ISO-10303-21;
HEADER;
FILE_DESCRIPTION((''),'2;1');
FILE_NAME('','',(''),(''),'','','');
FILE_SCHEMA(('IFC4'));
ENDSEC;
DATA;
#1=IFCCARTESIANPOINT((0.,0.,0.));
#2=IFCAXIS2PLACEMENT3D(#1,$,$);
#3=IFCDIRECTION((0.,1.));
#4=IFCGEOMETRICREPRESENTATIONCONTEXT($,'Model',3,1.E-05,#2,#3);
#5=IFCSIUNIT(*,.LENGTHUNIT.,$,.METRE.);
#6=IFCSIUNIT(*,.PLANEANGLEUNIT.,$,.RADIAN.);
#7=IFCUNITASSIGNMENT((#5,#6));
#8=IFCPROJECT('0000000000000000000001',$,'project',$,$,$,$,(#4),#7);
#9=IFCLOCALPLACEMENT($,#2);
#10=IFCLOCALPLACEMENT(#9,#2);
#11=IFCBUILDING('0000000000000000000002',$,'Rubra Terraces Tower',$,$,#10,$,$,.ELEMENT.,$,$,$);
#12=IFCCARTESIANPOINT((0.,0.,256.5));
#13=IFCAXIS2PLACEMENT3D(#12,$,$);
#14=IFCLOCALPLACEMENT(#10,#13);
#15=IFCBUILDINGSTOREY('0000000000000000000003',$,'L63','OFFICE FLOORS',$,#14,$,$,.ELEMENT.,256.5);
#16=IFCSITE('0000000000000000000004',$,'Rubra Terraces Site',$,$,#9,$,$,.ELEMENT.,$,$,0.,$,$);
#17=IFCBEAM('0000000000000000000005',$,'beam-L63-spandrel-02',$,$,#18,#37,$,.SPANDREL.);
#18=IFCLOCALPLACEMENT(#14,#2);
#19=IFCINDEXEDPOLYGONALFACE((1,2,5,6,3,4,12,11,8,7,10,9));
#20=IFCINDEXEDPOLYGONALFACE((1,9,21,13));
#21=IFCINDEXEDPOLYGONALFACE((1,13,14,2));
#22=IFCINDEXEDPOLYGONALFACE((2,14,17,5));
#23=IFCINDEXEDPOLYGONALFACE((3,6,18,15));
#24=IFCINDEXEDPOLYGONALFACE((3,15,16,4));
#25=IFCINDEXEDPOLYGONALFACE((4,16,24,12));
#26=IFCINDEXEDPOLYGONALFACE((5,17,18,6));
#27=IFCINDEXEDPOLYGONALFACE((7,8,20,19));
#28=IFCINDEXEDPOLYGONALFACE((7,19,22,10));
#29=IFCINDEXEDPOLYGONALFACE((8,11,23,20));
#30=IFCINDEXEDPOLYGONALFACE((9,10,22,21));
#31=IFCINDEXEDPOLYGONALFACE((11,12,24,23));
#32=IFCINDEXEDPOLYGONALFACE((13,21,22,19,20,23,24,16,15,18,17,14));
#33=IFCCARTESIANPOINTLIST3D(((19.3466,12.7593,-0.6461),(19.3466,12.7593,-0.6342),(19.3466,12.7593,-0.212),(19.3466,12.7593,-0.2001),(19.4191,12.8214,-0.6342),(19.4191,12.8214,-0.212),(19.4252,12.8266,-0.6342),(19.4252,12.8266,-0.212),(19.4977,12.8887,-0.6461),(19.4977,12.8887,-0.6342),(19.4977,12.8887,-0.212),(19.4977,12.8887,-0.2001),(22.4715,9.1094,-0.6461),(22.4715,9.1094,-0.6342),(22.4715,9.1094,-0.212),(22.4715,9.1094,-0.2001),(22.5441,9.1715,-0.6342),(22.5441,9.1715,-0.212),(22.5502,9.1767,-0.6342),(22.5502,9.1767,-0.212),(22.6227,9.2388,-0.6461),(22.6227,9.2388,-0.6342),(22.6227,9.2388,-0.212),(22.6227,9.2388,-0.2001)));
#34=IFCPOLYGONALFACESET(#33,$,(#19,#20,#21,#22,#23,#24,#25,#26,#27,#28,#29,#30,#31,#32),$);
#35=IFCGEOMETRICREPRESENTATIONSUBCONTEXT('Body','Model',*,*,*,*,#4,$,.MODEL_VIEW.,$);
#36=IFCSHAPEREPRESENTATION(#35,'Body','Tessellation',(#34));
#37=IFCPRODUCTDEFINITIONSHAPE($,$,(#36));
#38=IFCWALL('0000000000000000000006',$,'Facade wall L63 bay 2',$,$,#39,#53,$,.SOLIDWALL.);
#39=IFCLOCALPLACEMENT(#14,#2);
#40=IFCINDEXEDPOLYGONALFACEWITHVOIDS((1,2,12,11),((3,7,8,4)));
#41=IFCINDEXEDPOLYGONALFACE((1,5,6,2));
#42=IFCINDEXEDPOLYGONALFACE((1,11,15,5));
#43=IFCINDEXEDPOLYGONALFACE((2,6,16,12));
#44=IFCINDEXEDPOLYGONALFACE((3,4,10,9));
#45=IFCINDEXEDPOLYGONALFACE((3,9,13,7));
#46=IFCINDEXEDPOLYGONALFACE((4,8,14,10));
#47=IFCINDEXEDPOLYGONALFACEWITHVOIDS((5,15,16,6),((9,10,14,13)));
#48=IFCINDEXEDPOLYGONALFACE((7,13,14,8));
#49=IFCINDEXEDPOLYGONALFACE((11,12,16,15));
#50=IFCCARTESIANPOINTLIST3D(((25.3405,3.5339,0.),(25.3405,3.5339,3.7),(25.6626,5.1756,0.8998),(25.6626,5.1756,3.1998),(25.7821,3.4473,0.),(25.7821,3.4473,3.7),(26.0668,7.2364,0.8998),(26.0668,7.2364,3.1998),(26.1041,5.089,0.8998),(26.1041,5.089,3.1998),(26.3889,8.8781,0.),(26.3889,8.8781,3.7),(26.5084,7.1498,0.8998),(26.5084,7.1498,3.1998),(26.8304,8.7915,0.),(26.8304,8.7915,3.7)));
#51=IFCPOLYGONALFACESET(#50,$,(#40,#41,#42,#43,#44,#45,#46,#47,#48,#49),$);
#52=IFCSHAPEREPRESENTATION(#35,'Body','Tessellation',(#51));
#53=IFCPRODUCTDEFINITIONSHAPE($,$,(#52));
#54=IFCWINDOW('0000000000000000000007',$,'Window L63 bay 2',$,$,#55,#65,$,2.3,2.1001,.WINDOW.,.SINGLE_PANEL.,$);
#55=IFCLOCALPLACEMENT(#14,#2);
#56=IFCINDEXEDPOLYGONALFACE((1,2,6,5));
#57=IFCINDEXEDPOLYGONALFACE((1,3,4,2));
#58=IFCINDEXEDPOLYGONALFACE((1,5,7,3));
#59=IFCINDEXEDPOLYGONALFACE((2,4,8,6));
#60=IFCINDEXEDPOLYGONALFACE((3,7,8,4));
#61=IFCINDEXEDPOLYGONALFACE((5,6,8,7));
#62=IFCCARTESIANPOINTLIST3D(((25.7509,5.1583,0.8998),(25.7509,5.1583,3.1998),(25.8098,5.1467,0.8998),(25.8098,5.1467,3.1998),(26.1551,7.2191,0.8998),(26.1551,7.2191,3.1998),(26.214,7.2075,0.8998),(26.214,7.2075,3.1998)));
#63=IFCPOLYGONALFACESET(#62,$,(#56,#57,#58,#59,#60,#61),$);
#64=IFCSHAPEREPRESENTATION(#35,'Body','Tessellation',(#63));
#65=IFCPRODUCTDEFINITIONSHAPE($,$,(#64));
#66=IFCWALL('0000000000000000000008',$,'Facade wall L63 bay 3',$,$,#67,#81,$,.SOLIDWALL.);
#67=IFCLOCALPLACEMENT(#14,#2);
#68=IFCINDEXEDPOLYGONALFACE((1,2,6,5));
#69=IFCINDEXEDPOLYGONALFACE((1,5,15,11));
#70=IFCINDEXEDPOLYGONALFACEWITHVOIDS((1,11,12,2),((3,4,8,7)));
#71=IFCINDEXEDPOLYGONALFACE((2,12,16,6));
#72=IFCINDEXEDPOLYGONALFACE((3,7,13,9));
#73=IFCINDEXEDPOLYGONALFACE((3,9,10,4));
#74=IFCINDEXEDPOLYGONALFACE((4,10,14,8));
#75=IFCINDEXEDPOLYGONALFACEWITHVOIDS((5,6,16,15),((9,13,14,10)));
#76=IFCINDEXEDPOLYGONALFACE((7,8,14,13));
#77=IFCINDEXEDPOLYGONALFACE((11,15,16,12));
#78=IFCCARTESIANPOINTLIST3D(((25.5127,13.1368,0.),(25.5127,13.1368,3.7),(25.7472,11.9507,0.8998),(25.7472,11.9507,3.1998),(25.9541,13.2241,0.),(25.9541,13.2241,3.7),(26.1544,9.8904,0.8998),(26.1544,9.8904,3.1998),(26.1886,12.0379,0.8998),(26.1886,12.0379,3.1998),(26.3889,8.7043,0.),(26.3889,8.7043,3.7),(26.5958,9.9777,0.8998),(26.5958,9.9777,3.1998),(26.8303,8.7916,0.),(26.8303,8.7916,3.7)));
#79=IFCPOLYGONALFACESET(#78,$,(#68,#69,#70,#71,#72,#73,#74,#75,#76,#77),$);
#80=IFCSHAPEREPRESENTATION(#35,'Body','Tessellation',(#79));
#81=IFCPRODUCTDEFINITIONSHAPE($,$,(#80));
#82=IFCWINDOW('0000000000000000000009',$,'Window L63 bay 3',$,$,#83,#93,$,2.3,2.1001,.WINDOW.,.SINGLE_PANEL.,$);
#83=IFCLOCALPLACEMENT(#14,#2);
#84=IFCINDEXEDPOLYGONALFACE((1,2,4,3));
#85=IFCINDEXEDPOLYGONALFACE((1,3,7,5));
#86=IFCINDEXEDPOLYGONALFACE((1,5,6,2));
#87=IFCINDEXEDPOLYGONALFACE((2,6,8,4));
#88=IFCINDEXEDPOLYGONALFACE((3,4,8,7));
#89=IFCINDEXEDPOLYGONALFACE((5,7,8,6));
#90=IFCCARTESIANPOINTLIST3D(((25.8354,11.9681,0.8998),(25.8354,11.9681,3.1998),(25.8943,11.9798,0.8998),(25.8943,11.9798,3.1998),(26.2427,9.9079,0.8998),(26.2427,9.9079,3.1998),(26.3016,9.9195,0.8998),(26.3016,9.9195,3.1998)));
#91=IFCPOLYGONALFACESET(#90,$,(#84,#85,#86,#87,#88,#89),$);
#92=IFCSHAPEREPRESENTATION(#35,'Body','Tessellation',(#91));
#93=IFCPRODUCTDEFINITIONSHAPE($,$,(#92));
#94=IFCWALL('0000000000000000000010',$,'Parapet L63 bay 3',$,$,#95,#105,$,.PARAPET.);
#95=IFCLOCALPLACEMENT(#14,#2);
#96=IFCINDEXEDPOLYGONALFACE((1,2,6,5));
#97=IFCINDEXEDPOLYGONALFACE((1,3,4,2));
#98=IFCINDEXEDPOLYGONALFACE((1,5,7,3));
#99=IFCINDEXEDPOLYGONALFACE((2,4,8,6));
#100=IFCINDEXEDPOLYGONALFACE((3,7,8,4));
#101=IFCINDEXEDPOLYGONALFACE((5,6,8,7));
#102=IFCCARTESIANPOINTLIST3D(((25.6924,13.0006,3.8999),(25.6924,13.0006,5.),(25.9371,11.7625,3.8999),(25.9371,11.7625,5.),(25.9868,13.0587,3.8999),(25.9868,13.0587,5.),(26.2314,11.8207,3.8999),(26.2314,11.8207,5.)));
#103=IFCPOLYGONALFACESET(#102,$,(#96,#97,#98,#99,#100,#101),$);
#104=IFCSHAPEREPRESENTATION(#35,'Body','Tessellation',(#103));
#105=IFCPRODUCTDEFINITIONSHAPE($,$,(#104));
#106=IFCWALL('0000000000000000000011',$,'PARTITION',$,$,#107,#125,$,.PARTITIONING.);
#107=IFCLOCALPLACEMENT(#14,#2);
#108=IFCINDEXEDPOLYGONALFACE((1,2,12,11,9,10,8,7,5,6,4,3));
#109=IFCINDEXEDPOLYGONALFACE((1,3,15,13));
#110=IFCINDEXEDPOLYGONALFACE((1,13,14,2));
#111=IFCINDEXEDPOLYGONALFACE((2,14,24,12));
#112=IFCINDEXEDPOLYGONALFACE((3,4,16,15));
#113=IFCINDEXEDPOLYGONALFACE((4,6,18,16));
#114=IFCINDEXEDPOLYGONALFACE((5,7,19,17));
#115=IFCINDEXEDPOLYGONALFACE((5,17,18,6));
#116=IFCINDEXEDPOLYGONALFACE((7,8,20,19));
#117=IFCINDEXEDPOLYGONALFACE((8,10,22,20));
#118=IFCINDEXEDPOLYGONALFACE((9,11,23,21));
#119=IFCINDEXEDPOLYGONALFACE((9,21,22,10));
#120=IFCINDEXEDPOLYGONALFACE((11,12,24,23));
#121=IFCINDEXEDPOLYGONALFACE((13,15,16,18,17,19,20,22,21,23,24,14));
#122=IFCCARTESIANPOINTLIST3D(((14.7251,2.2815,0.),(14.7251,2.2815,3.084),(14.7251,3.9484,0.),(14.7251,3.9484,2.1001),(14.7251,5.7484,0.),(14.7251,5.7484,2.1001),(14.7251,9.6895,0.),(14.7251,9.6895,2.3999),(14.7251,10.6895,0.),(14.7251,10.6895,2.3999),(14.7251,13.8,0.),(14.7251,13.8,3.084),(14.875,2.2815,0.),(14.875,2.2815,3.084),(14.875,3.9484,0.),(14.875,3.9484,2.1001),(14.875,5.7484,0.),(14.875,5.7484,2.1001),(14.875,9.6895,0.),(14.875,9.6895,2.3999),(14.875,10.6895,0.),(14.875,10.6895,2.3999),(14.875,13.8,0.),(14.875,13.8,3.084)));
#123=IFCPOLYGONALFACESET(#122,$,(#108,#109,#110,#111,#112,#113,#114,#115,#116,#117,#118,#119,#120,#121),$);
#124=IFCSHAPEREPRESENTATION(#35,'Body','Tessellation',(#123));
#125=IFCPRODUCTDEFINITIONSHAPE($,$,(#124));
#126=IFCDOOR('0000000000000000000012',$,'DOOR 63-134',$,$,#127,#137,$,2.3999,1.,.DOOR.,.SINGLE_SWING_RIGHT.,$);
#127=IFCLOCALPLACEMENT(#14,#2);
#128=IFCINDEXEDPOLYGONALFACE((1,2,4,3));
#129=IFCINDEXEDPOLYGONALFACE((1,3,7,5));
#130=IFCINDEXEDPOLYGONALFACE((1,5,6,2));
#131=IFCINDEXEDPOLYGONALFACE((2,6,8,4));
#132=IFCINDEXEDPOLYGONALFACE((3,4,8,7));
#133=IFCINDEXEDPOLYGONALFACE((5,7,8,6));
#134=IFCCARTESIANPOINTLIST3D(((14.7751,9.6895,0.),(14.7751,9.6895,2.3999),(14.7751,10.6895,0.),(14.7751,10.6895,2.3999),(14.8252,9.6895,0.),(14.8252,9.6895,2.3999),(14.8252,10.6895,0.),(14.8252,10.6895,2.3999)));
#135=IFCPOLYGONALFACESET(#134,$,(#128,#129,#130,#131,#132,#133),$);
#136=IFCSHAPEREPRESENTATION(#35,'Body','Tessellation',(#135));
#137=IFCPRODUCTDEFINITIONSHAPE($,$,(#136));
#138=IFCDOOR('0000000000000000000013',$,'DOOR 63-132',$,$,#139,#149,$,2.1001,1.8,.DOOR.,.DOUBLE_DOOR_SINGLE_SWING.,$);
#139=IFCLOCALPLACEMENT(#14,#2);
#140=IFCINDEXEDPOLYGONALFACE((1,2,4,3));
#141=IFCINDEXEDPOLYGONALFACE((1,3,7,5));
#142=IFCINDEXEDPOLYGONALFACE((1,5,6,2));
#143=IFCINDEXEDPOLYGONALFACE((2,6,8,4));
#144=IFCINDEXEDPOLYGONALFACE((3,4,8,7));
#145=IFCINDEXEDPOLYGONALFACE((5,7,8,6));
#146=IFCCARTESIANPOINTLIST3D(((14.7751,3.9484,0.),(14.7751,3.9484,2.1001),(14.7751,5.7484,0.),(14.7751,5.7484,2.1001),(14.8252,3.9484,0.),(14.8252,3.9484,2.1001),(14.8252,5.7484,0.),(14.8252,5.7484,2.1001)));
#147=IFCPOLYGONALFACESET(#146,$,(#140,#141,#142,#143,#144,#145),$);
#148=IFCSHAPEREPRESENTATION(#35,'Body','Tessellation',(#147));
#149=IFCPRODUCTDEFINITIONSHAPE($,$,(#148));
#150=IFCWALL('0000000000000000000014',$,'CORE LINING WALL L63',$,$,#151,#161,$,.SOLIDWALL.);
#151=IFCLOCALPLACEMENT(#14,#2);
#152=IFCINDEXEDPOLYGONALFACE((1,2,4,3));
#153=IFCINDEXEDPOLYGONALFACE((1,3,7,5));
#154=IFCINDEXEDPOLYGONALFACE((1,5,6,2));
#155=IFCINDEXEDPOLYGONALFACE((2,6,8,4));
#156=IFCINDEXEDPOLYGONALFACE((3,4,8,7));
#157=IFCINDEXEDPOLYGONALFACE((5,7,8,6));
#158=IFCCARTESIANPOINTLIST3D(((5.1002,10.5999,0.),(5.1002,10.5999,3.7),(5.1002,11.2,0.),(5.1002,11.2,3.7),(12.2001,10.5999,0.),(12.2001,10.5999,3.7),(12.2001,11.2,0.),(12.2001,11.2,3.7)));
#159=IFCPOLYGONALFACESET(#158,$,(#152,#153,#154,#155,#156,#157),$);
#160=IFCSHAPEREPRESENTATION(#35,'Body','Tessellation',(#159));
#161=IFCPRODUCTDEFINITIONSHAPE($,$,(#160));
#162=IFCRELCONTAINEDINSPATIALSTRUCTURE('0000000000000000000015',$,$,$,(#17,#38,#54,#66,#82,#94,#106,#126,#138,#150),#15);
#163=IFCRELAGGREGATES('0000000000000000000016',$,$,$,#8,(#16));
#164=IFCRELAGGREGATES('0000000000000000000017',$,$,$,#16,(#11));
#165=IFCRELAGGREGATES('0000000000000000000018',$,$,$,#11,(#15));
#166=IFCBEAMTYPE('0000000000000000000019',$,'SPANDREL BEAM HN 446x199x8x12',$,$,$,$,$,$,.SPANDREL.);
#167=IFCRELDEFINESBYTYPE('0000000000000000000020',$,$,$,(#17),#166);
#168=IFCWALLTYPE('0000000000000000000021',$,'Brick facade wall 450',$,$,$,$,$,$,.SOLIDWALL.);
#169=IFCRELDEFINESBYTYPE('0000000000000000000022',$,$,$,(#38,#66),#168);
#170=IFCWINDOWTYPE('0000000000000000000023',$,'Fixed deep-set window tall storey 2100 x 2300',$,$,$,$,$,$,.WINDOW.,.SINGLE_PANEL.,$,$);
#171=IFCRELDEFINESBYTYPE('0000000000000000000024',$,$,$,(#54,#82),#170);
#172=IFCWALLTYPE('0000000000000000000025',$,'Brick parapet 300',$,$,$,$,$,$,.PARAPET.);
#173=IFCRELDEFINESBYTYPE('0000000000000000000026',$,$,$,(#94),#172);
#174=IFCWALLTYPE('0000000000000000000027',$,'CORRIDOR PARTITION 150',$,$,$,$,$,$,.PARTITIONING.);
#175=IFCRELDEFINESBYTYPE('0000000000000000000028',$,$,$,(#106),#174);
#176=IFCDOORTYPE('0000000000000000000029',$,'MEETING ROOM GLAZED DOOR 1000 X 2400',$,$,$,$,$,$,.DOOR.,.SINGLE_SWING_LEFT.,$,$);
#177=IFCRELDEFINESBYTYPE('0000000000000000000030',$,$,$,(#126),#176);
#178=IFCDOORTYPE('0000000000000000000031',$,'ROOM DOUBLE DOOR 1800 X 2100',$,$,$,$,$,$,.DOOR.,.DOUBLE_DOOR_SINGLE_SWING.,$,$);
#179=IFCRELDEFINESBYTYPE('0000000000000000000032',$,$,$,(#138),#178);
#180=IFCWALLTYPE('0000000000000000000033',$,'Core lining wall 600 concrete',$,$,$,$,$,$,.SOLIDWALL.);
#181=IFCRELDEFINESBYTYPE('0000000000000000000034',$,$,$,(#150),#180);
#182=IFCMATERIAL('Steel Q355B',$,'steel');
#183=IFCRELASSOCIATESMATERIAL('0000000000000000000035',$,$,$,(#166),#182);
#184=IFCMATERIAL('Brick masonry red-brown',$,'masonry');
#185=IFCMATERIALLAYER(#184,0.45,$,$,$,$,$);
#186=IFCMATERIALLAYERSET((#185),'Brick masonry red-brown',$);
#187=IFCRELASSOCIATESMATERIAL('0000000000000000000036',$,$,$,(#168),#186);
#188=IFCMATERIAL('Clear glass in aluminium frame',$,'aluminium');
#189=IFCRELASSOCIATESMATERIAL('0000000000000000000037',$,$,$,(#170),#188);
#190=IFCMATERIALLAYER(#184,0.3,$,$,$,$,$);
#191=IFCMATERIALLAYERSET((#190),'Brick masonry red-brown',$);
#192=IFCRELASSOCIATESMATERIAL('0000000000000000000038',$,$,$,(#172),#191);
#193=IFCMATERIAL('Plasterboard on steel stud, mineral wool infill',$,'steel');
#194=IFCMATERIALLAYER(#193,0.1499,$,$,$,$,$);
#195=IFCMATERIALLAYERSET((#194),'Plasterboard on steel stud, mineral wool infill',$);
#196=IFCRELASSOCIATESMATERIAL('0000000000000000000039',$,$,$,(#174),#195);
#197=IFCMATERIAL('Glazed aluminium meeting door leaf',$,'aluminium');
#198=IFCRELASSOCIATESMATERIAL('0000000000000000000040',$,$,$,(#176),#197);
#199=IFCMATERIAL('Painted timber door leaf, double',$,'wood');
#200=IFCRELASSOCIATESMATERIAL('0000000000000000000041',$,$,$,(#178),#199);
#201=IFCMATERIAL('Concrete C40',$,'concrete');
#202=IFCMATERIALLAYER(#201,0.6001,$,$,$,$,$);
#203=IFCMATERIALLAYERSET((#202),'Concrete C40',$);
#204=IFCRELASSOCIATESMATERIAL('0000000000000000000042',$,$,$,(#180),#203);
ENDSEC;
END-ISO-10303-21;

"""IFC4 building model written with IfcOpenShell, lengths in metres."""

from ifc_helpers import new_model, si_unit, direction, frame, frame_2d, origin, origin_2d, place, context, subcontext, project, spatial, rectangle, i_section, extrude, material, layer, layer_set, material_profile, profile_set, type_object, element, fill, save


model = new_model("IFC4")

# Units and contexts
model_context = context("Model", 3, precision=1e-05, world=origin(), true_north=direction((0.0, 1.0)))
body_context = subcontext(model_context, "Body", "Model", "MODEL_VIEW")
ifc_project = project(units=[si_unit("LENGTHUNIT", "METRE"), si_unit("PLANEANGLEUNIT", "RADIAN")], contexts=[model_context])

# Site, building, storey
site_placement = place(None, origin())
site = spatial("IfcSite", under=ifc_project, at=site_placement, Name="Rubra Terraces Site", CompositionType="ELEMENT", RefElevation=0.0)
building_placement = place(site_placement, origin())
building = spatial("IfcBuilding", under=site, at=building_placement, Name="Rubra Terraces Tower", CompositionType="ELEMENT")
storey_placement = place(building_placement, frame((0.0, 0.0, 256.5)))
storey = spatial("IfcBuildingStorey", under=building, at=storey_placement, Name="L63", Description="OFFICE FLOORS", CompositionType="ELEMENT", Elevation=256.5)

# Beam
ifc_material_1 = material(Name="Steel Q355B", Category="steel")
ifc_material_profile_1 = material_profile(ifc_material_1, i_section(OverallWidth=0.199, OverallDepth=0.446, WebThickness=0.0081, FlangeThickness=0.012, at=origin_2d()), Name="HN 446x199x8x12")
ifc_profile_set_1 = profile_set([ifc_material_profile_1], Name="Steel Q355B")
beam_type_1 = type_object("IfcBeamType", Name="SPANDREL BEAM HN 446x199x8x12", PredefinedType="SPANDREL", material=ifc_profile_set_1)
beam_1_placement = place(storey_placement, frame((22.5471, 9.1741, -0.4231), z_axis=(-0.650373, 0.759615, 0.0), x_axis=(-0.759615, -0.650373, 0.0)))
element("IfcBeam", 1, at=beam_1_placement, inside=storey, type_object=beam_type_1, Name="beam-L63-spandrel-02", PredefinedType="SPANDREL", context=body_context, shape_type="SweptSolid", body=[
    extrude(i_section(OverallWidth=0.199, OverallDepth=0.446, WebThickness=0.0081, FlangeThickness=0.012, at=origin_2d()), origin(), (0.0, 0.0, 1.0), 4.8049),
])

# Walls, openings, windows
ifc_material_2 = material(Name="Brick masonry red-brown", Category="masonry")
ifc_layer_1 = layer(ifc_material_2, 0.45)
ifc_layer_set_1 = layer_set([ifc_layer_1], Name="Brick masonry red-brown")
wall_type_1 = type_object("IfcWallType", Name="Brick facade wall 450", PredefinedType="SOLIDWALL", material=ifc_layer_set_1)
wall_1_placement = place(storey_placement, frame((25.5613, 3.4905, 0.0), z_axis=(0.0, 0.0, 1.0), x_axis=(0.192494, 0.981298, 0.0)))
wall_1 = element("IfcWall", 2, at=wall_1_placement, inside=storey, type_object=wall_type_1, Name="Facade wall L63 bay 2", PredefinedType="SOLIDWALL", context=body_context, shape_type="SweptSolid", body=[
    extrude(rectangle(XDim=5.446, YDim=0.45, at=frame_2d((2.7231, 0.0))), origin(), (0.0, 0.0, 1.0), 3.7),
])
opening_1_placement = place(wall_1_placement, frame((1.6731, 0.0, 0.8999)))
opening_1 = element("IfcOpeningElement", 3, at=opening_1_placement, cuts=wall_1, PredefinedType="OPENING", context=body_context, shape_type="SweptSolid", body=[
    extrude(rectangle(XDim=2.1001, YDim=2.3, at=frame_2d((1.05, 1.1499))), frame((0.0, 0.2349, 0.0), z_axis=(0.0, -1.0, 0.0), x_axis=(1.0, 0.0, 0.0)), (0.0, 0.0, 1.0), 0.47),
])
ifc_material_3 = material(Name="Clear glass in aluminium frame", Category="aluminium")
window_type = type_object("IfcWindowType", Name="Fixed deep-set window tall storey 2100 x 2300", PartitioningType="SINGLE_PANEL", PredefinedType="WINDOW", material=ifc_material_3)
window_1_placement = place(opening_1_placement, origin())
window_1 = element("IfcWindow", 4, at=window_1_placement, inside=storey, type_object=window_type, Name="Window L63 bay 2", OverallHeight=2.3, OverallWidth=2.1001, PartitioningType="SINGLE_PANEL", PredefinedType="WINDOW", context=body_context, shape_type="SweptSolid", body=[
    extrude(rectangle(XDim=2.1001, YDim=2.3, at=frame_2d((1.05, 1.1499))), frame((0.0, 0.135, 0.0), z_axis=(0.0, -1.0, 0.0), x_axis=(1.0, 0.0, 0.0)), (0.0, 0.0, 1.0), 0.0601),
])
fill(opening_1, window_1)
wall_2_placement = place(storey_placement, frame((26.6096, 8.7478, 0.0), z_axis=(0.0, 0.0, 1.0), x_axis=(-0.193923, 0.981017, 0.0)))
wall_2 = element("IfcWall", 5, at=wall_2_placement, inside=storey, type_object=wall_type_1, Name="Facade wall L63 bay 3", PredefinedType="SOLIDWALL", context=body_context, shape_type="SweptSolid", body=[
    extrude(rectangle(XDim=4.5183, YDim=0.45, at=frame_2d((2.2593, 0.0))), origin(), (0.0, 0.0, 1.0), 3.7),
])
opening_2_placement = place(wall_2_placement, frame((1.2092, 0.0, 0.8999)))
opening_2 = element("IfcOpeningElement", 6, at=opening_2_placement, cuts=wall_2, PredefinedType="OPENING", context=body_context, shape_type="SweptSolid", body=[
    extrude(rectangle(XDim=2.1001, YDim=2.3, at=frame_2d((1.05, 1.1499))), frame((0.0, 0.2349, 0.0), z_axis=(0.0, -1.0, 0.0), x_axis=(1.0, 0.0, 0.0)), (0.0, 0.0, 1.0), 0.47),
])
window_2_placement = place(opening_2_placement, origin())
window_2 = element("IfcWindow", 7, at=window_2_placement, inside=storey, type_object=window_type, Name="Window L63 bay 3", OverallHeight=2.3, OverallWidth=2.1001, PartitioningType="SINGLE_PANEL", PredefinedType="WINDOW", context=body_context, shape_type="SweptSolid", body=[
    extrude(rectangle(XDim=2.1001, YDim=2.3, at=frame_2d((1.05, 1.1499))), frame((0.0, 0.135, 0.0), z_axis=(0.0, -1.0, 0.0), x_axis=(1.0, 0.0, 0.0)), (0.0, 0.0, 1.0), 0.0601),
])
fill(opening_2, window_2)

# Wall
ifc_layer_2 = layer(ifc_material_2, 0.3)
ifc_layer_set_2 = layer_set([ifc_layer_2], Name="Brick masonry red-brown")
wall_type_2 = type_object("IfcWallType", Name="Brick parapet 300", PredefinedType="PARAPET", material=ifc_layer_set_2)
wall_3_placement = place(storey_placement, frame((26.0842, 11.7917, 3.8999), z_axis=(0.0, 0.0, 1.0), x_axis=(-0.193846, 0.981032, 0.0)))
element("IfcWall", 8, at=wall_3_placement, inside=storey, type_object=wall_type_2, Name="Parapet L63 bay 3", PredefinedType="PARAPET", context=body_context, shape_type="SweptSolid", body=[
    extrude(rectangle(XDim=1.262, YDim=0.3, at=frame_2d((0.6309, 0.0))), origin(), (0.0, 0.0, 1.0), 1.1001),
])

# Wall, openings, doors
ifc_material_4 = material(Name="Plasterboard on steel stud, mineral wool infill", Category="steel")
ifc_layer_3 = layer(ifc_material_4, 0.1499)
ifc_layer_set_3 = layer_set([ifc_layer_3], Name="Plasterboard on steel stud, mineral wool infill")
wall_type_3 = type_object("IfcWallType", Name="CORRIDOR PARTITION 150", PredefinedType="PARTITIONING", material=ifc_layer_set_3)
wall_4_placement = place(storey_placement, frame((14.8, 2.2815, 0.0), z_axis=(0.0, 0.0, 1.0), x_axis=(0.0, 1.0, 0.0)))
wall_4 = element("IfcWall", 9, at=wall_4_placement, inside=storey, type_object=wall_type_3, Name="PARTITION", PredefinedType="PARTITIONING", context=body_context, shape_type="SweptSolid", body=[
    extrude(rectangle(XDim=11.5186, YDim=0.1499, at=frame_2d((5.7593, 0.0))), origin(), (0.0, 0.0, 1.0), 3.084),
])
opening_3_placement = place(wall_4_placement, frame((1.667, 0.0, 0.0)))
opening_3 = element("IfcOpeningElement", 10, at=opening_3_placement, cuts=wall_4, PredefinedType="OPENING", context=body_context, shape_type="SweptSolid", body=[
    extrude(rectangle(XDim=1.8, YDim=2.1001, at=frame_2d((0.8999, 1.05))), frame((0.0, 0.085, 0.0), z_axis=(0.0, -1.0, 0.0), x_axis=(1.0, 0.0, 0.0)), (0.0, 0.0, 1.0), 0.1699),
])
opening_4_placement = place(wall_4_placement, frame((7.408, 0.0, 0.0)))
opening_4 = element("IfcOpeningElement", 11, at=opening_4_placement, cuts=wall_4, PredefinedType="OPENING", context=body_context, shape_type="SweptSolid", body=[
    extrude(rectangle(XDim=1.0, YDim=2.3999, at=frame_2d((0.5, 1.2))), frame((0.0, 0.085, 0.0), z_axis=(0.0, -1.0, 0.0), x_axis=(1.0, 0.0, 0.0)), (0.0, 0.0, 1.0), 0.1699),
])
ifc_material_5 = material(Name="Glazed aluminium meeting door leaf", Category="aluminium")
door_type_1 = type_object("IfcDoorType", Name="MEETING ROOM GLAZED DOOR 1000 X 2400", OperationType="SINGLE_SWING_LEFT", PredefinedType="DOOR", material=ifc_material_5)
door_1_placement = place(opening_4_placement, origin())
door_1 = element("IfcDoor", 12, at=door_1_placement, inside=storey, type_object=door_type_1, Name="DOOR 63-134", OperationType="SINGLE_SWING_RIGHT", OverallHeight=2.3999, OverallWidth=1.0, PredefinedType="DOOR", context=body_context, shape_type="SweptSolid", body=[
    extrude(rectangle(XDim=1.0, YDim=2.3999, at=frame_2d((0.5, 1.2))), frame((0.0, 0.0249, 0.0), z_axis=(0.0, -1.0, 0.0), x_axis=(1.0, 0.0, 0.0)), (0.0, 0.0, 1.0), 0.05),
])
fill(opening_4, door_1)
ifc_material_6 = material(Name="Painted timber door leaf, double", Category="wood")
door_type_2 = type_object("IfcDoorType", Name="ROOM DOUBLE DOOR 1800 X 2100", OperationType="DOUBLE_DOOR_SINGLE_SWING", PredefinedType="DOOR", material=ifc_material_6)
door_2_placement = place(opening_3_placement, origin())
door_2 = element("IfcDoor", 13, at=door_2_placement, inside=storey, type_object=door_type_2, Name="DOOR 63-132", OperationType="DOUBLE_DOOR_SINGLE_SWING", OverallHeight=2.1001, OverallWidth=1.8, PredefinedType="DOOR", context=body_context, shape_type="SweptSolid", body=[
    extrude(rectangle(XDim=1.8, YDim=2.1001, at=frame_2d((0.8999, 1.05))), frame((0.0, 0.0249, 0.0), z_axis=(0.0, -1.0, 0.0), x_axis=(1.0, 0.0, 0.0)), (0.0, 0.0, 1.0), 0.05),
])
fill(opening_3, door_2)

# Wall
ifc_material_7 = material(Name="Concrete C40", Category="concrete")
ifc_layer_4 = layer(ifc_material_7, 0.6001)
ifc_layer_set_4 = layer_set([ifc_layer_4], Name="Concrete C40")
wall_type_4 = type_object("IfcWallType", Name="Core lining wall 600 concrete", PredefinedType="SOLIDWALL", material=ifc_layer_set_4)
wall_5_placement = place(storey_placement, frame((12.2, 10.8999, 0.0), z_axis=(0.0, 0.0, 1.0), x_axis=(-1.0, 0.0, 0.0)))
element("IfcWall", 14, at=wall_5_placement, inside=storey, type_object=wall_type_4, Name="CORE LINING WALL L63", PredefinedType="SOLIDWALL", context=body_context, shape_type="SweptSolid", body=[
    extrude(rectangle(XDim=7.0999, YDim=0.6001, at=frame_2d((3.5498, 0.0))), origin(), (0.0, 0.0, 1.0), 3.7),
])

save(model, "model.ifc")
